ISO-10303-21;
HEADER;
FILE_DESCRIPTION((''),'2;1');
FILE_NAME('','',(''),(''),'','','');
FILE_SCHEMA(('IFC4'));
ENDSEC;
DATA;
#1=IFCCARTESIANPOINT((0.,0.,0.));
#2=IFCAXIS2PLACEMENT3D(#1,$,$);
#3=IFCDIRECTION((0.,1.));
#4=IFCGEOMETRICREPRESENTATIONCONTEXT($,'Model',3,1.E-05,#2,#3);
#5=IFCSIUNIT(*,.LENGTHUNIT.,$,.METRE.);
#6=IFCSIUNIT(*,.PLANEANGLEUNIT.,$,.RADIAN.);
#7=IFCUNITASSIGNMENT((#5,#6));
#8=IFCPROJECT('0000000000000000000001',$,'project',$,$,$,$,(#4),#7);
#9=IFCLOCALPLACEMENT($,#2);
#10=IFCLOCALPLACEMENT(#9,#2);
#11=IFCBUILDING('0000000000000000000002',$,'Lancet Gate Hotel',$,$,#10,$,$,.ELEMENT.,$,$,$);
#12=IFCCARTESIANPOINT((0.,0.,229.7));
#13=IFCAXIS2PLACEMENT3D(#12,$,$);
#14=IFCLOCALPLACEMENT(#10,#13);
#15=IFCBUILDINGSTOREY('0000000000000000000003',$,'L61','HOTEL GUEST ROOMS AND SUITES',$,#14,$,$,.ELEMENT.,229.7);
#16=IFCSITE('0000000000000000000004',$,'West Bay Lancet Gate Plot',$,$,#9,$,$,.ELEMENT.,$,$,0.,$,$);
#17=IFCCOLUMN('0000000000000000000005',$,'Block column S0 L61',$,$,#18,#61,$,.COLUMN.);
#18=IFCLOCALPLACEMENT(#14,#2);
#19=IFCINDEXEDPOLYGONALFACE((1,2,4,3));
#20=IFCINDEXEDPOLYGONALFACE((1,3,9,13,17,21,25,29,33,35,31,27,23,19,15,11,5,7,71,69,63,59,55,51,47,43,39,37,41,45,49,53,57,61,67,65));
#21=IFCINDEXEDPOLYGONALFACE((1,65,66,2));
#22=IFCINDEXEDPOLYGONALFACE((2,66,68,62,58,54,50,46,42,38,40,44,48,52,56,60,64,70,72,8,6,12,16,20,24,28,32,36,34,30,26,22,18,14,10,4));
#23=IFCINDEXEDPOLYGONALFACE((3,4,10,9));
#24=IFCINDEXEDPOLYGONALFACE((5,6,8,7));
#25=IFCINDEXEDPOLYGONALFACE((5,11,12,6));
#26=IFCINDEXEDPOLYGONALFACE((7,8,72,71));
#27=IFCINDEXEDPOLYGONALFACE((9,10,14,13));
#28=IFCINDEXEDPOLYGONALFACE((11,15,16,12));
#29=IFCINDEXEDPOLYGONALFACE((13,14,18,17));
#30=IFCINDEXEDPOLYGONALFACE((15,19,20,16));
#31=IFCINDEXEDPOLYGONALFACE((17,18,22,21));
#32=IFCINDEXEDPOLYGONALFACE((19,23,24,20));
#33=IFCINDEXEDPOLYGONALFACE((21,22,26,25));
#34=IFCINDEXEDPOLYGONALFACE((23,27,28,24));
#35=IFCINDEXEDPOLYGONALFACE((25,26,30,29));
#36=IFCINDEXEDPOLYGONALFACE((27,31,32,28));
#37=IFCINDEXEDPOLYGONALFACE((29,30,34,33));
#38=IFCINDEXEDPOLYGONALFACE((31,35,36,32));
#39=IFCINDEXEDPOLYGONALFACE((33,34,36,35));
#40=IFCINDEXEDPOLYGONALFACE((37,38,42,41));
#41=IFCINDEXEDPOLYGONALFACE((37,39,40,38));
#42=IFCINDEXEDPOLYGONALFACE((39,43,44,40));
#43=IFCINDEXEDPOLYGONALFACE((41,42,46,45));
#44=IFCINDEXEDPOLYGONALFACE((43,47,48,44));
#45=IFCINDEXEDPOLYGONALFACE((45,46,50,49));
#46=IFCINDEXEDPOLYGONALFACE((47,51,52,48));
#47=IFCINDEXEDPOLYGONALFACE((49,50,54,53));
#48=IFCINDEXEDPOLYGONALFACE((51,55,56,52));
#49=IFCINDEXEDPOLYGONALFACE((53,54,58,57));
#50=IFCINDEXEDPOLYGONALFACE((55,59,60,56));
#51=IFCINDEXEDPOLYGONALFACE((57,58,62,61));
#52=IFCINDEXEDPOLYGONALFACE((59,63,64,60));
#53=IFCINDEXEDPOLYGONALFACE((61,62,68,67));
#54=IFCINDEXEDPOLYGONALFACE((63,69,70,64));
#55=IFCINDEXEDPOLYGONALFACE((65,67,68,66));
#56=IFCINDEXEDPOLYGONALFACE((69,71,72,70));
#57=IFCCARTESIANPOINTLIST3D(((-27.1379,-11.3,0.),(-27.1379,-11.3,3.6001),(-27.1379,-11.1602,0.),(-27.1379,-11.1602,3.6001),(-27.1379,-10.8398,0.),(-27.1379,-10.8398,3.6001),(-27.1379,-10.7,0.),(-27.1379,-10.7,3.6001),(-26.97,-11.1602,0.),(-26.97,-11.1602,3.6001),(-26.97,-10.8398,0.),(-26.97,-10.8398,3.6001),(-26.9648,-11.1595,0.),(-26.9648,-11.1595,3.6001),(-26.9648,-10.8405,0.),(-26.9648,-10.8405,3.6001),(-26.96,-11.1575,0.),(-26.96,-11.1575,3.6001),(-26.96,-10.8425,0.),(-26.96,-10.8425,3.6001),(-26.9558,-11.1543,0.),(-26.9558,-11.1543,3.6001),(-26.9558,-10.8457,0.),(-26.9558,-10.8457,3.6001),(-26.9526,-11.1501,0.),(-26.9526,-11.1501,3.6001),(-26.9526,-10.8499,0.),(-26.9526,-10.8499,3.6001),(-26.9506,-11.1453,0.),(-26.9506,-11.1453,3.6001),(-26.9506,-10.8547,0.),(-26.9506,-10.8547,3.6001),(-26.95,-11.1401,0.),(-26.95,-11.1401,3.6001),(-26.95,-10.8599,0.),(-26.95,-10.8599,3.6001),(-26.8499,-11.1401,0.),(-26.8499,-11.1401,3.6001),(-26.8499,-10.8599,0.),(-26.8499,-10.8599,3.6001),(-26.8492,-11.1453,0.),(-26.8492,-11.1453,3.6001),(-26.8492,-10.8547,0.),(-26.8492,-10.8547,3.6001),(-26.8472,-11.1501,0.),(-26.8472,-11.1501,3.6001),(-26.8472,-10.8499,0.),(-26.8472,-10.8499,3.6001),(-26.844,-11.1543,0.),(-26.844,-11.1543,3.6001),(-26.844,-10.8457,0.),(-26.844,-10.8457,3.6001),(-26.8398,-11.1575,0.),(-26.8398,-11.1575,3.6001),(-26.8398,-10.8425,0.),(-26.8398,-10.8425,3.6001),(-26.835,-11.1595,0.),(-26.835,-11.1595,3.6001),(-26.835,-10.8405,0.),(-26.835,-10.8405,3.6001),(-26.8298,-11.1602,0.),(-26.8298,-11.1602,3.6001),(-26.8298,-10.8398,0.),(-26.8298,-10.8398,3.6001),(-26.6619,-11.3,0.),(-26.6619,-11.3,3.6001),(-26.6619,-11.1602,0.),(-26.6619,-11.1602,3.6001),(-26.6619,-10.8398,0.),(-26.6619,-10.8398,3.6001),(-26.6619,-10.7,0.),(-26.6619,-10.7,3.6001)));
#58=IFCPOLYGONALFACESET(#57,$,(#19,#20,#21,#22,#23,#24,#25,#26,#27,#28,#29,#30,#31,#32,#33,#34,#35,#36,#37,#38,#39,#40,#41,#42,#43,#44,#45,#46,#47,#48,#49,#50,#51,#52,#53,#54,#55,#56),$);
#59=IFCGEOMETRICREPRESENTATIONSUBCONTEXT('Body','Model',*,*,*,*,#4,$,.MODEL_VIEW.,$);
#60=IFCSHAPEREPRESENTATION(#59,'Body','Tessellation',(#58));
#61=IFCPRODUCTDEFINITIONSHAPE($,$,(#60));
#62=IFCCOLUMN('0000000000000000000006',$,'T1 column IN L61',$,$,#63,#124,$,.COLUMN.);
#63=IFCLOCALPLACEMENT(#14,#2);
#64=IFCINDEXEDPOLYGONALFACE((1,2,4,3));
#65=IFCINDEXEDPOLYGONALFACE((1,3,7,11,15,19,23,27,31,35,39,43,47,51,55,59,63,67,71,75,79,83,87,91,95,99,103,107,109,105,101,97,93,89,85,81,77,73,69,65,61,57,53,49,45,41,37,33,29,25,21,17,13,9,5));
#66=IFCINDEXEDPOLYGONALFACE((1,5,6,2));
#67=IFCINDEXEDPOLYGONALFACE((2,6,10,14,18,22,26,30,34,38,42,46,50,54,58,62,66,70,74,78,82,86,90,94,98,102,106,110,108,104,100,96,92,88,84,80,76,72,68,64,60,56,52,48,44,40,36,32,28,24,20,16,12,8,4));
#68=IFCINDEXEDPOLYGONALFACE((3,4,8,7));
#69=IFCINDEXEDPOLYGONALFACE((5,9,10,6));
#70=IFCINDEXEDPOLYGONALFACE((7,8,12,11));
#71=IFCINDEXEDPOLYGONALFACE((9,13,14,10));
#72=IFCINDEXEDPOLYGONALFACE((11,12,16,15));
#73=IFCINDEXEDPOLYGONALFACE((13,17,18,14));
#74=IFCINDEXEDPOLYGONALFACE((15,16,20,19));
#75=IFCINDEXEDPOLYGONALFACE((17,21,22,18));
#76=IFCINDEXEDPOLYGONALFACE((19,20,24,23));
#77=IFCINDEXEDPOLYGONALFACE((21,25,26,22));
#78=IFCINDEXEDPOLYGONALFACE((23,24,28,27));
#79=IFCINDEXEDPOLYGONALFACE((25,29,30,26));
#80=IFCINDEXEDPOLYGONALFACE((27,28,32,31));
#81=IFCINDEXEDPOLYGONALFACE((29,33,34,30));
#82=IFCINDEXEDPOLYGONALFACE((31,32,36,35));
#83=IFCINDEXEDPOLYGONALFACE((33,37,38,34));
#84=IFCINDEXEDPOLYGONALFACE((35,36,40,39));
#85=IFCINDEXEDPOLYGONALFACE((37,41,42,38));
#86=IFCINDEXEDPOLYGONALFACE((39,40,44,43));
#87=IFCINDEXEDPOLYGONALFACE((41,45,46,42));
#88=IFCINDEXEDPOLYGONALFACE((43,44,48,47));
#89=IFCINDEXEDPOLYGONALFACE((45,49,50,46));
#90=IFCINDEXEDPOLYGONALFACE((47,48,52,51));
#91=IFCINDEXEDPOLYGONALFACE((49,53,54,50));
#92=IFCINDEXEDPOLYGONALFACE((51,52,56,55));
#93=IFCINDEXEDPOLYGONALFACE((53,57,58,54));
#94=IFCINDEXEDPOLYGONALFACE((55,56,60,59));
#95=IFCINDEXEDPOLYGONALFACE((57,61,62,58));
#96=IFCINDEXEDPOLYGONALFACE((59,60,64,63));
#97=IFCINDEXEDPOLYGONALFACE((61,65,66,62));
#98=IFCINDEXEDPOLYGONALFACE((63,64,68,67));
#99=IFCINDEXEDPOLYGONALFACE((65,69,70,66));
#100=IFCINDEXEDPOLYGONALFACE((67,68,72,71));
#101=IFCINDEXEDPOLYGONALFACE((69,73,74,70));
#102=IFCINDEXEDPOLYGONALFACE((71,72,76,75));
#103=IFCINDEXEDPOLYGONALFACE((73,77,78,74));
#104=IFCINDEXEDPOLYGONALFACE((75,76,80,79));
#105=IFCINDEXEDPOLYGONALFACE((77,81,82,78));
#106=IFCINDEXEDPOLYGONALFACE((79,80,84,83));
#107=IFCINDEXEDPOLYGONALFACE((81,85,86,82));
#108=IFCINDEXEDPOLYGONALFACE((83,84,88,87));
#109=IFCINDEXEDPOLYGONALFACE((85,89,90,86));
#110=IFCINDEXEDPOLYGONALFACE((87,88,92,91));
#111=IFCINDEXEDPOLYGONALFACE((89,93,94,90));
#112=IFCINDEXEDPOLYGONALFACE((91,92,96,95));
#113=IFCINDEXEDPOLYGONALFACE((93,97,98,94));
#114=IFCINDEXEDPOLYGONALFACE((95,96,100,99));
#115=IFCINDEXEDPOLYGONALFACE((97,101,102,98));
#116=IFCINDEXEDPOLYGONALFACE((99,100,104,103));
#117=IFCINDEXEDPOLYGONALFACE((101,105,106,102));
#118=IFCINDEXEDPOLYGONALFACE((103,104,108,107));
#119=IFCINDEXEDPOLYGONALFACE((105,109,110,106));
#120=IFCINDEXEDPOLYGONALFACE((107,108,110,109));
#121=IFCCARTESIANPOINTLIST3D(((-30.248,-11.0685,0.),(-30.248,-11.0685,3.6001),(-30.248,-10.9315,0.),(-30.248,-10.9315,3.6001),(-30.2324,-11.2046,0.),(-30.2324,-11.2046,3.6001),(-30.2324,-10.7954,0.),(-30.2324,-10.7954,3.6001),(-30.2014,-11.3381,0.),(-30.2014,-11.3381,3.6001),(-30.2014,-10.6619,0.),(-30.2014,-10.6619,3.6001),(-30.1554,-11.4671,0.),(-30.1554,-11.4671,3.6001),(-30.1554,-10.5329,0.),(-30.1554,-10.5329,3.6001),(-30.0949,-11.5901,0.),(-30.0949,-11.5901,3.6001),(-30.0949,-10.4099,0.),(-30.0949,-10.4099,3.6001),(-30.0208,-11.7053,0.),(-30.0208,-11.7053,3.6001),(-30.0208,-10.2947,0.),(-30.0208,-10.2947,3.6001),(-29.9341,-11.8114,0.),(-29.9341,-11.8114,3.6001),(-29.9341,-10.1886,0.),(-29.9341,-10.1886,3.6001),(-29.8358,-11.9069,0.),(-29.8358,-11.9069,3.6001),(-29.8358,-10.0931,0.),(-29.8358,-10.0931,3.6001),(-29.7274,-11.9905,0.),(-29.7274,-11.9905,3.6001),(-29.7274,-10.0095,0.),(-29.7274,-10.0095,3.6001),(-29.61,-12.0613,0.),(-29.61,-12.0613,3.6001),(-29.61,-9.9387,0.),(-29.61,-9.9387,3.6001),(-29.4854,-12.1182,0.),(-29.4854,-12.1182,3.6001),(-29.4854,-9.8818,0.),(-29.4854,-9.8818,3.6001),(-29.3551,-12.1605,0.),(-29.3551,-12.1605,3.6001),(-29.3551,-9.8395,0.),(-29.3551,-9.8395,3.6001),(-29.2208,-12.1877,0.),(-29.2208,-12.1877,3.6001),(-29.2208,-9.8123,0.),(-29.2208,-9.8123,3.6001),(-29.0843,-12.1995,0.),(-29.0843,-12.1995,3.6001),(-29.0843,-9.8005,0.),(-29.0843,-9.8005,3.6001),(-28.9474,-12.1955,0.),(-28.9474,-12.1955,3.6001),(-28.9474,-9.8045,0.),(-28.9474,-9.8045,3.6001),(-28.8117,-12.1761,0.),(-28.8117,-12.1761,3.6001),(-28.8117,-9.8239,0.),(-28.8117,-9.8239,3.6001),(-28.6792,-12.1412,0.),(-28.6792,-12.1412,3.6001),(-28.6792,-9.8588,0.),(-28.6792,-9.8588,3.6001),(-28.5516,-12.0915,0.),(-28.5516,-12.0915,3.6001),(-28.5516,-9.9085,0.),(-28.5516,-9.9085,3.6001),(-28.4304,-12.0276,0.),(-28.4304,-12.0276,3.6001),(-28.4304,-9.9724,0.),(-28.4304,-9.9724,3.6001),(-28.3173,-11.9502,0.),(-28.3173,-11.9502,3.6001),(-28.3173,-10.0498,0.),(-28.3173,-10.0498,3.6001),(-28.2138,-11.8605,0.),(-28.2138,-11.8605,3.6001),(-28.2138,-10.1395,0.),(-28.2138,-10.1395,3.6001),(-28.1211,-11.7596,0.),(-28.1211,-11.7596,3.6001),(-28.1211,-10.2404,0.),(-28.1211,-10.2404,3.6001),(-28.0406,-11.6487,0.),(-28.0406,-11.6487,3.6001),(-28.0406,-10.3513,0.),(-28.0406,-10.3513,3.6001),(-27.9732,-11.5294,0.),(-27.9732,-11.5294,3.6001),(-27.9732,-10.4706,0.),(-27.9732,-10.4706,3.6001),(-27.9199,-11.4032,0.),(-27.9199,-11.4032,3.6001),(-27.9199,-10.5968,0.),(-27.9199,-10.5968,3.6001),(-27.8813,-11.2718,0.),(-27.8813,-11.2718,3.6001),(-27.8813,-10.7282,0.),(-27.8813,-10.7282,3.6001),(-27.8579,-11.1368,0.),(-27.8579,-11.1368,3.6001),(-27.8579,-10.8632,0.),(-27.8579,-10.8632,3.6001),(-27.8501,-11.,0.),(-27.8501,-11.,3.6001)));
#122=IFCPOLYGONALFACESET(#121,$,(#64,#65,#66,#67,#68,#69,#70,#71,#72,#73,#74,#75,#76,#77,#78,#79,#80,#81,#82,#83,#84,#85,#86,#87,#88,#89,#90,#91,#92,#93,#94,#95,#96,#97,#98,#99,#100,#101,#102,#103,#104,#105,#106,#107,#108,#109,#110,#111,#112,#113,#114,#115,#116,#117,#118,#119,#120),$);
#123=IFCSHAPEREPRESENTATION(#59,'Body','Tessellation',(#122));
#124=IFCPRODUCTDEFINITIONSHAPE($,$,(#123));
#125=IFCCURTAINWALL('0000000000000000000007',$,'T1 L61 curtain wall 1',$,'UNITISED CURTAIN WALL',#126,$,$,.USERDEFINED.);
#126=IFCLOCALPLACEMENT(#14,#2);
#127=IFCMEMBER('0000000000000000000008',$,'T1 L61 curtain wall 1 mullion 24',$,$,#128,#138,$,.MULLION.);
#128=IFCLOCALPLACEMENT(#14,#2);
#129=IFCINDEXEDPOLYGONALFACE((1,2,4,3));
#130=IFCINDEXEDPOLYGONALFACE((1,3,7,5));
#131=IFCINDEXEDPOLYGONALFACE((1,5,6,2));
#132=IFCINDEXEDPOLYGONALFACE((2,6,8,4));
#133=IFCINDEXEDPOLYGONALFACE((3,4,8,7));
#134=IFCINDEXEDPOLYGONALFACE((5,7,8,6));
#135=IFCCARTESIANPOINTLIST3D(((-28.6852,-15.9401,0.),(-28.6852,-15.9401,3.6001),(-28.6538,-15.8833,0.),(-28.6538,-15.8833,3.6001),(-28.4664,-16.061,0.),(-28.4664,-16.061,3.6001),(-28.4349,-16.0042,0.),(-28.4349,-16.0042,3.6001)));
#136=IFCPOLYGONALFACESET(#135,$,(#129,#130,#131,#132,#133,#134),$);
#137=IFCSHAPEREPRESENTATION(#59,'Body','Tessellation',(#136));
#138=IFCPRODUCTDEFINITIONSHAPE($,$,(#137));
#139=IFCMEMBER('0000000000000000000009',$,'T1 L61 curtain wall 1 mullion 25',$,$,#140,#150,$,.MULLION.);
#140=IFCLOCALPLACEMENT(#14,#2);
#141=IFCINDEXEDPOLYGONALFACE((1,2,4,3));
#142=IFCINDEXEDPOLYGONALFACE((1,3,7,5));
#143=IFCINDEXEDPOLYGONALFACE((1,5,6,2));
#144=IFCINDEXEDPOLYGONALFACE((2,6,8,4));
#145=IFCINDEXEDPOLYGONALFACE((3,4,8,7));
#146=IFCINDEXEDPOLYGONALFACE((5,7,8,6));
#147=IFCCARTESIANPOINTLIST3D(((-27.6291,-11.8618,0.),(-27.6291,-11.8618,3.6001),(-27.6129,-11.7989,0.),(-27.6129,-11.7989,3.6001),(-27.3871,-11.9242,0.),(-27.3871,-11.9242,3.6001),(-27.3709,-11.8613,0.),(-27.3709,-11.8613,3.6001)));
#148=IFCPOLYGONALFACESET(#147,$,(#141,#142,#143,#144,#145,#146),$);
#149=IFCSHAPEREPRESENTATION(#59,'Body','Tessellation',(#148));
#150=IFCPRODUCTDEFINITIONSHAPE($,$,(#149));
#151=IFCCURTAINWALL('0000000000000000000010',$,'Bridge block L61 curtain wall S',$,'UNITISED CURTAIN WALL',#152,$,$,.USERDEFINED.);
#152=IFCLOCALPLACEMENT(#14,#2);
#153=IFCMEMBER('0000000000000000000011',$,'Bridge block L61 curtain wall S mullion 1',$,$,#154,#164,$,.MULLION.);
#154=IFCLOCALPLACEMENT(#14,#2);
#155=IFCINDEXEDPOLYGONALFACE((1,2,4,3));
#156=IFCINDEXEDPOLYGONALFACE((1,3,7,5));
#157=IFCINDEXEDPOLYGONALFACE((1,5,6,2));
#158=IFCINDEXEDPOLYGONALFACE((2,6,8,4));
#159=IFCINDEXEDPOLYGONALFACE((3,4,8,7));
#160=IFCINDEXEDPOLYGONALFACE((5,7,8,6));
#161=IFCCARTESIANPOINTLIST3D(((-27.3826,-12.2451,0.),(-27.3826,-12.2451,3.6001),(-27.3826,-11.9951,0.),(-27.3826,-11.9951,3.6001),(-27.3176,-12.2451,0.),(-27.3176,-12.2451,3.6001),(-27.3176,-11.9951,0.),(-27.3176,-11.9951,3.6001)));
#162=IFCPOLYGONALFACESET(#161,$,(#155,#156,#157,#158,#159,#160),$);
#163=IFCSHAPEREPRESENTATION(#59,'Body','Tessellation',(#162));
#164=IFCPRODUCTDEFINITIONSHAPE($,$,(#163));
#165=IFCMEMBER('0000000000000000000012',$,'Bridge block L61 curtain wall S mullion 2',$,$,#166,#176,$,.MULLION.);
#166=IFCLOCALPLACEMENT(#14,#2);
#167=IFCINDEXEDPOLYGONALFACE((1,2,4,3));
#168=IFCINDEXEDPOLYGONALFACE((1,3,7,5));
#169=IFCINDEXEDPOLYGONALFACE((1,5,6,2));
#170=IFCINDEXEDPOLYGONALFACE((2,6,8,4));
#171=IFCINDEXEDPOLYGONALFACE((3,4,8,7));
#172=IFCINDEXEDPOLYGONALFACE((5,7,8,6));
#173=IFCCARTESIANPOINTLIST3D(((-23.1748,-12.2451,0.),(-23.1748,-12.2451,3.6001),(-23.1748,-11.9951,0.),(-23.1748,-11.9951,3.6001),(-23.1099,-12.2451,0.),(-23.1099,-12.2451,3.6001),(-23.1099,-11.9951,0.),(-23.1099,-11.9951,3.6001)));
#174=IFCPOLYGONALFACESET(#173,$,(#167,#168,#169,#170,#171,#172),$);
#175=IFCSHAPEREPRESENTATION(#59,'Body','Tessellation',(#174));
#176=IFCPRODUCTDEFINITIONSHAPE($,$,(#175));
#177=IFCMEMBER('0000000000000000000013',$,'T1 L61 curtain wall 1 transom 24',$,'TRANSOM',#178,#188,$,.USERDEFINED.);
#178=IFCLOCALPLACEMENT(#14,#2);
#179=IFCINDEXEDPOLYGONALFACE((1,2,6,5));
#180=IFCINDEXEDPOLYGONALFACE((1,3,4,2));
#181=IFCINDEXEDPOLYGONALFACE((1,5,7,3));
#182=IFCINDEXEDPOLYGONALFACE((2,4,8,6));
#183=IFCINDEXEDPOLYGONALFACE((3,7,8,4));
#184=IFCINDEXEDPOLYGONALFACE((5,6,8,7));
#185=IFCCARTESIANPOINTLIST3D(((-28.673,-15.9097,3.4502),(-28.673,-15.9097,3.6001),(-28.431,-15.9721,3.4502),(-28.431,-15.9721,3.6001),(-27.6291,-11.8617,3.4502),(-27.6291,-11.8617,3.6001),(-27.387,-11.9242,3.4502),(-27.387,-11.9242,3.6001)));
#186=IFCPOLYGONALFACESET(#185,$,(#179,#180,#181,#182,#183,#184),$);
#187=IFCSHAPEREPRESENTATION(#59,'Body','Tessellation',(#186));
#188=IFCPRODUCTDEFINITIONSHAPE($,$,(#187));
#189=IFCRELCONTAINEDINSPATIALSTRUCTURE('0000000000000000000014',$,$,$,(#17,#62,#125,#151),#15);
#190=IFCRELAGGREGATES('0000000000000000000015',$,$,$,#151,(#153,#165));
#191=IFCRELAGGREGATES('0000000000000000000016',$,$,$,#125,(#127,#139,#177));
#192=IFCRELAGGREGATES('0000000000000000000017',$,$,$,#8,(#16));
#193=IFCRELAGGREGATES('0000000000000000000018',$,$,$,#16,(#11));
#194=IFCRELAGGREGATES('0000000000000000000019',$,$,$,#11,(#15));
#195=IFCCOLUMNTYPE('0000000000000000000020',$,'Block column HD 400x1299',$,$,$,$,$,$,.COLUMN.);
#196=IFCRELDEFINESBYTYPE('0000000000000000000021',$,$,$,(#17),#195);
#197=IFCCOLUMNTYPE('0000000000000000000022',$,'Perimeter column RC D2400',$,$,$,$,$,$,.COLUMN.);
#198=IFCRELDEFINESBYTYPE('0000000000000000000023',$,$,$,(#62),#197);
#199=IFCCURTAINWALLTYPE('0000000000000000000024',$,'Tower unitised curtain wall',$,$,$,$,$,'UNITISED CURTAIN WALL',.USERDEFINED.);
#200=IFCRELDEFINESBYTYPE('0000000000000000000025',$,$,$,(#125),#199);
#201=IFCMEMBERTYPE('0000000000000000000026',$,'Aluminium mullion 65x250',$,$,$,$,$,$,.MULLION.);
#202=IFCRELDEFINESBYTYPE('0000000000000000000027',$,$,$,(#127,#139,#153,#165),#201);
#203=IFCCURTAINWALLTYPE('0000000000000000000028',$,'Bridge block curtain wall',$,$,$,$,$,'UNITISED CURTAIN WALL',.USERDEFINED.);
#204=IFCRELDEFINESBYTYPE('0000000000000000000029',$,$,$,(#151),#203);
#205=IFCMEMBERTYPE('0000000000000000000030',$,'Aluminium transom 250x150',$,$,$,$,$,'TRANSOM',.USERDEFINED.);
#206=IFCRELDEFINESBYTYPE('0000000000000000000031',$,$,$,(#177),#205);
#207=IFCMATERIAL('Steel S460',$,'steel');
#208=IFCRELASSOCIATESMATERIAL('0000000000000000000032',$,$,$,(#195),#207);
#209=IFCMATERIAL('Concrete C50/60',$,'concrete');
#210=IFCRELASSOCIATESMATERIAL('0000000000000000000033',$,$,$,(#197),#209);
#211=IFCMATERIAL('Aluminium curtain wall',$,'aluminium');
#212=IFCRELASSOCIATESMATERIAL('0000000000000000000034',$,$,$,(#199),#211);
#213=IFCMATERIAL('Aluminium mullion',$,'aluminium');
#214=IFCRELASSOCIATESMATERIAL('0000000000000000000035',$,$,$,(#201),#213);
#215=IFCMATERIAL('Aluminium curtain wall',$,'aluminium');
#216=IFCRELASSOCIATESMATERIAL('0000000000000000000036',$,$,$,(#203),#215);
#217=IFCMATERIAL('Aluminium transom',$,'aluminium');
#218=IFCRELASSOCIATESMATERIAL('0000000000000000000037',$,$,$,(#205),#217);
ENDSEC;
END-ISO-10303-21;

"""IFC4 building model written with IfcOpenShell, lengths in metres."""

from ifc_helpers import new_model, si_unit, direction, frame, origin, origin_2d, place, context, subcontext, project, spatial, rectangle, circle, i_section, extrude, material, material_profile, profile_set, type_object, element, aggregate, save


model = new_model("IFC4")

# Units and contexts
model_context = context("Model", 3, precision=1e-05, world=origin(), true_north=direction((0.0, 1.0)))
body_context = subcontext(model_context, "Body", "Model", "MODEL_VIEW")
ifc_project = project(units=[si_unit("LENGTHUNIT", "METRE"), si_unit("PLANEANGLEUNIT", "RADIAN")], contexts=[model_context])

# Site, building, storey
site_placement = place(None, origin())
site = spatial("IfcSite", under=ifc_project, at=site_placement, Name="West Bay Lancet Gate Plot", CompositionType="ELEMENT", RefElevation=0.0)
building_placement = place(site_placement, origin())
building = spatial("IfcBuilding", under=site, at=building_placement, Name="Lancet Gate Hotel", CompositionType="ELEMENT")
storey_placement = place(building_placement, frame((0.0, 0.0, 229.7)))
storey = spatial("IfcBuildingStorey", under=building, at=storey_placement, Name="L61", Description="HOTEL GUEST ROOMS AND SUITES", CompositionType="ELEMENT", Elevation=229.7)

# Columns
ifc_material_1 = material(Name="Steel S460", Category="steel")
ifc_material_profile_1 = material_profile(ifc_material_1, i_section(OverallWidth=0.4761, OverallDepth=0.6001, WebThickness=0.1001, FlangeThickness=0.1399, FilletRadius=0.02, at=origin_2d()), Name="HD 400x1299")
ifc_profile_set_1 = profile_set([ifc_material_profile_1], Name="Steel S460")
column_type_1 = type_object("IfcColumnType", Name="Block column HD 400x1299", PredefinedType="COLUMN", material=ifc_profile_set_1)
column_1_placement = place(storey_placement, frame((-26.8999, -11.0, 0.0), z_axis=(0.0, 0.0, 1.0), x_axis=(1.0, 0.0, 0.0)))
element("IfcColumn", 1, at=column_1_placement, inside=storey, type_object=column_type_1, Name="Block column S0 L61", PredefinedType="COLUMN", context=body_context, shape_type="SweptSolid", body=[
    extrude(i_section(OverallWidth=0.4761, OverallDepth=0.6001, WebThickness=0.1001, FlangeThickness=0.1399, FilletRadius=0.02, at=origin_2d()), origin(), (0.0, 0.0, 1.0), 3.6001),
])
ifc_material_2 = material(Name="Concrete C50/60", Category="concrete")
ifc_material_profile_2 = material_profile(ifc_material_2, circle(Radius=1.2, at=origin_2d()), Name="RC D2400")
ifc_profile_set_2 = profile_set([ifc_material_profile_2], Name="Concrete C50/60")
column_type_2 = type_object("IfcColumnType", Name="Perimeter column RC D2400", PredefinedType="COLUMN", material=ifc_profile_set_2)
column_2_placement = place(storey_placement, frame((-29.05, -11.0, 0.0), z_axis=(0.0, 0.0, 1.0), x_axis=(1.0, 0.0, 0.0)))
element("IfcColumn", 2, at=column_2_placement, inside=storey, type_object=column_type_2, Name="T1 column IN L61", PredefinedType="COLUMN", context=body_context, shape_type="SweptSolid", body=[
    extrude(circle(Radius=1.2, at=origin_2d()), origin(), (0.0, 0.0, 1.0), 3.6001),
])

# Curtain walls, members
ifc_material_3 = material(Name="Aluminium curtain wall", Category="aluminium")
curtain_wall_type_1 = type_object("IfcCurtainWallType", Name="Tower unitised curtain wall", ElementType="UNITISED CURTAIN WALL", PredefinedType="USERDEFINED", material=ifc_material_3)
curtain_wall_1_placement = place(storey_placement, origin())
curtain_wall_1 = element("IfcCurtainWall", 3, at=curtain_wall_1_placement, inside=storey, type_object=curtain_wall_type_1, Name="T1 L61 curtain wall 1", ObjectType="UNITISED CURTAIN WALL", PredefinedType="USERDEFINED")
ifc_material_4 = material(Name="Aluminium mullion", Category="aluminium")
ifc_material_profile_3 = material_profile(ifc_material_4, rectangle(XDim=0.0649, YDim=0.25, at=origin_2d()), Name="MULLION 65x250")
ifc_profile_set_3 = profile_set([ifc_material_profile_3], Name="Aluminium mullion")
member_type_1 = type_object("IfcMemberType", Name="Aluminium mullion 65x250", PredefinedType="MULLION", material=ifc_profile_set_3)
member_1_placement = place(storey_placement, frame((-28.5601, -15.9722, 0.0), z_axis=(0.0, 0.0, 1.0), x_axis=(0.483627, 0.875274, 0.0)))
member_1 = element("IfcMember", 4, at=member_1_placement, type_object=member_type_1, Name="T1 L61 curtain wall 1 mullion 24", PredefinedType="MULLION", context=body_context, shape_type="SweptSolid", body=[
    extrude(rectangle(XDim=0.0649, YDim=0.25, at=origin_2d()), origin(), (0.0, 0.0, 1.0), 3.6001),
])
member_2_placement = place(storey_placement, frame((-27.5, -11.8616, 0.0), z_axis=(0.0, 0.0, 1.0), x_axis=(0.249726, 0.968317, 0.0)))
member_2 = element("IfcMember", 5, at=member_2_placement, type_object=member_type_1, Name="T1 L61 curtain wall 1 mullion 25", PredefinedType="MULLION", context=body_context, shape_type="SweptSolid", body=[
    extrude(rectangle(XDim=0.0649, YDim=0.25, at=origin_2d()), origin(), (0.0, 0.0, 1.0), 3.6001),
])
ifc_material_5 = material(Name="Aluminium curtain wall", Category="aluminium")
curtain_wall_type_2 = type_object("IfcCurtainWallType", Name="Bridge block curtain wall", ElementType="UNITISED CURTAIN WALL", PredefinedType="USERDEFINED", material=ifc_material_5)
curtain_wall_2_placement = place(storey_placement, origin())
curtain_wall_2 = element("IfcCurtainWall", 6, at=curtain_wall_2_placement, inside=storey, type_object=curtain_wall_type_2, Name="Bridge block L61 curtain wall S", ObjectType="UNITISED CURTAIN WALL", PredefinedType="USERDEFINED")
member_3_placement = place(storey_placement, frame((-27.3501, -12.1201, 0.0), z_axis=(0.0, 0.0, 1.0), x_axis=(1.0, 0.0, 0.0)))
member_3 = element("IfcMember", 7, at=member_3_placement, type_object=member_type_1, Name="Bridge block L61 curtain wall S mullion 1", PredefinedType="MULLION", context=body_context, shape_type="SweptSolid", body=[
    extrude(rectangle(XDim=0.0649, YDim=0.25, at=origin_2d()), origin(), (0.0, 0.0, 1.0), 3.6001),
])
member_4_placement = place(storey_placement, frame((-23.1423, -12.1201, 0.0), z_axis=(0.0, 0.0, 1.0), x_axis=(1.0, 0.0, 0.0)))
member_4 = element("IfcMember", 8, at=member_4_placement, type_object=member_type_1, Name="Bridge block L61 curtain wall S mullion 2", PredefinedType="MULLION", context=body_context, shape_type="SweptSolid", body=[
    extrude(rectangle(XDim=0.0649, YDim=0.25, at=origin_2d()), origin(), (0.0, 0.0, 1.0), 3.6001),
])

# Member
ifc_material_6 = material(Name="Aluminium transom", Category="aluminium")
ifc_material_profile_4 = material_profile(ifc_material_6, rectangle(XDim=0.25, YDim=0.1499, at=origin_2d()), Name="TRANSOM 250x150")
ifc_profile_set_4 = profile_set([ifc_material_profile_4], Name="Aluminium transom")
member_type_2 = type_object("IfcMemberType", Name="Aluminium transom 250x150", ElementType="TRANSOM", PredefinedType="USERDEFINED", material=ifc_profile_set_4)
member_5_placement = place(storey_placement, frame((-28.552, -15.9409, 3.5251), z_axis=(0.249716, 0.968319, 0.0), x_axis=(-0.968319, 0.249716, 0.0)))
member_5 = element("IfcMember", 9, at=member_5_placement, type_object=member_type_2, Name="T1 L61 curtain wall 1 transom 24", ObjectType="TRANSOM", PredefinedType="USERDEFINED", context=body_context, shape_type="SweptSolid", body=[
    extrude(rectangle(XDim=0.25, YDim=0.1499, at=origin_2d()), origin(), (0.0, 0.0, 1.0), 4.1804),
])

aggregate(curtain_wall_2, [member_3, member_4])
aggregate(curtain_wall_1, [member_1, member_2, member_5])

save(model, "model.ifc")
